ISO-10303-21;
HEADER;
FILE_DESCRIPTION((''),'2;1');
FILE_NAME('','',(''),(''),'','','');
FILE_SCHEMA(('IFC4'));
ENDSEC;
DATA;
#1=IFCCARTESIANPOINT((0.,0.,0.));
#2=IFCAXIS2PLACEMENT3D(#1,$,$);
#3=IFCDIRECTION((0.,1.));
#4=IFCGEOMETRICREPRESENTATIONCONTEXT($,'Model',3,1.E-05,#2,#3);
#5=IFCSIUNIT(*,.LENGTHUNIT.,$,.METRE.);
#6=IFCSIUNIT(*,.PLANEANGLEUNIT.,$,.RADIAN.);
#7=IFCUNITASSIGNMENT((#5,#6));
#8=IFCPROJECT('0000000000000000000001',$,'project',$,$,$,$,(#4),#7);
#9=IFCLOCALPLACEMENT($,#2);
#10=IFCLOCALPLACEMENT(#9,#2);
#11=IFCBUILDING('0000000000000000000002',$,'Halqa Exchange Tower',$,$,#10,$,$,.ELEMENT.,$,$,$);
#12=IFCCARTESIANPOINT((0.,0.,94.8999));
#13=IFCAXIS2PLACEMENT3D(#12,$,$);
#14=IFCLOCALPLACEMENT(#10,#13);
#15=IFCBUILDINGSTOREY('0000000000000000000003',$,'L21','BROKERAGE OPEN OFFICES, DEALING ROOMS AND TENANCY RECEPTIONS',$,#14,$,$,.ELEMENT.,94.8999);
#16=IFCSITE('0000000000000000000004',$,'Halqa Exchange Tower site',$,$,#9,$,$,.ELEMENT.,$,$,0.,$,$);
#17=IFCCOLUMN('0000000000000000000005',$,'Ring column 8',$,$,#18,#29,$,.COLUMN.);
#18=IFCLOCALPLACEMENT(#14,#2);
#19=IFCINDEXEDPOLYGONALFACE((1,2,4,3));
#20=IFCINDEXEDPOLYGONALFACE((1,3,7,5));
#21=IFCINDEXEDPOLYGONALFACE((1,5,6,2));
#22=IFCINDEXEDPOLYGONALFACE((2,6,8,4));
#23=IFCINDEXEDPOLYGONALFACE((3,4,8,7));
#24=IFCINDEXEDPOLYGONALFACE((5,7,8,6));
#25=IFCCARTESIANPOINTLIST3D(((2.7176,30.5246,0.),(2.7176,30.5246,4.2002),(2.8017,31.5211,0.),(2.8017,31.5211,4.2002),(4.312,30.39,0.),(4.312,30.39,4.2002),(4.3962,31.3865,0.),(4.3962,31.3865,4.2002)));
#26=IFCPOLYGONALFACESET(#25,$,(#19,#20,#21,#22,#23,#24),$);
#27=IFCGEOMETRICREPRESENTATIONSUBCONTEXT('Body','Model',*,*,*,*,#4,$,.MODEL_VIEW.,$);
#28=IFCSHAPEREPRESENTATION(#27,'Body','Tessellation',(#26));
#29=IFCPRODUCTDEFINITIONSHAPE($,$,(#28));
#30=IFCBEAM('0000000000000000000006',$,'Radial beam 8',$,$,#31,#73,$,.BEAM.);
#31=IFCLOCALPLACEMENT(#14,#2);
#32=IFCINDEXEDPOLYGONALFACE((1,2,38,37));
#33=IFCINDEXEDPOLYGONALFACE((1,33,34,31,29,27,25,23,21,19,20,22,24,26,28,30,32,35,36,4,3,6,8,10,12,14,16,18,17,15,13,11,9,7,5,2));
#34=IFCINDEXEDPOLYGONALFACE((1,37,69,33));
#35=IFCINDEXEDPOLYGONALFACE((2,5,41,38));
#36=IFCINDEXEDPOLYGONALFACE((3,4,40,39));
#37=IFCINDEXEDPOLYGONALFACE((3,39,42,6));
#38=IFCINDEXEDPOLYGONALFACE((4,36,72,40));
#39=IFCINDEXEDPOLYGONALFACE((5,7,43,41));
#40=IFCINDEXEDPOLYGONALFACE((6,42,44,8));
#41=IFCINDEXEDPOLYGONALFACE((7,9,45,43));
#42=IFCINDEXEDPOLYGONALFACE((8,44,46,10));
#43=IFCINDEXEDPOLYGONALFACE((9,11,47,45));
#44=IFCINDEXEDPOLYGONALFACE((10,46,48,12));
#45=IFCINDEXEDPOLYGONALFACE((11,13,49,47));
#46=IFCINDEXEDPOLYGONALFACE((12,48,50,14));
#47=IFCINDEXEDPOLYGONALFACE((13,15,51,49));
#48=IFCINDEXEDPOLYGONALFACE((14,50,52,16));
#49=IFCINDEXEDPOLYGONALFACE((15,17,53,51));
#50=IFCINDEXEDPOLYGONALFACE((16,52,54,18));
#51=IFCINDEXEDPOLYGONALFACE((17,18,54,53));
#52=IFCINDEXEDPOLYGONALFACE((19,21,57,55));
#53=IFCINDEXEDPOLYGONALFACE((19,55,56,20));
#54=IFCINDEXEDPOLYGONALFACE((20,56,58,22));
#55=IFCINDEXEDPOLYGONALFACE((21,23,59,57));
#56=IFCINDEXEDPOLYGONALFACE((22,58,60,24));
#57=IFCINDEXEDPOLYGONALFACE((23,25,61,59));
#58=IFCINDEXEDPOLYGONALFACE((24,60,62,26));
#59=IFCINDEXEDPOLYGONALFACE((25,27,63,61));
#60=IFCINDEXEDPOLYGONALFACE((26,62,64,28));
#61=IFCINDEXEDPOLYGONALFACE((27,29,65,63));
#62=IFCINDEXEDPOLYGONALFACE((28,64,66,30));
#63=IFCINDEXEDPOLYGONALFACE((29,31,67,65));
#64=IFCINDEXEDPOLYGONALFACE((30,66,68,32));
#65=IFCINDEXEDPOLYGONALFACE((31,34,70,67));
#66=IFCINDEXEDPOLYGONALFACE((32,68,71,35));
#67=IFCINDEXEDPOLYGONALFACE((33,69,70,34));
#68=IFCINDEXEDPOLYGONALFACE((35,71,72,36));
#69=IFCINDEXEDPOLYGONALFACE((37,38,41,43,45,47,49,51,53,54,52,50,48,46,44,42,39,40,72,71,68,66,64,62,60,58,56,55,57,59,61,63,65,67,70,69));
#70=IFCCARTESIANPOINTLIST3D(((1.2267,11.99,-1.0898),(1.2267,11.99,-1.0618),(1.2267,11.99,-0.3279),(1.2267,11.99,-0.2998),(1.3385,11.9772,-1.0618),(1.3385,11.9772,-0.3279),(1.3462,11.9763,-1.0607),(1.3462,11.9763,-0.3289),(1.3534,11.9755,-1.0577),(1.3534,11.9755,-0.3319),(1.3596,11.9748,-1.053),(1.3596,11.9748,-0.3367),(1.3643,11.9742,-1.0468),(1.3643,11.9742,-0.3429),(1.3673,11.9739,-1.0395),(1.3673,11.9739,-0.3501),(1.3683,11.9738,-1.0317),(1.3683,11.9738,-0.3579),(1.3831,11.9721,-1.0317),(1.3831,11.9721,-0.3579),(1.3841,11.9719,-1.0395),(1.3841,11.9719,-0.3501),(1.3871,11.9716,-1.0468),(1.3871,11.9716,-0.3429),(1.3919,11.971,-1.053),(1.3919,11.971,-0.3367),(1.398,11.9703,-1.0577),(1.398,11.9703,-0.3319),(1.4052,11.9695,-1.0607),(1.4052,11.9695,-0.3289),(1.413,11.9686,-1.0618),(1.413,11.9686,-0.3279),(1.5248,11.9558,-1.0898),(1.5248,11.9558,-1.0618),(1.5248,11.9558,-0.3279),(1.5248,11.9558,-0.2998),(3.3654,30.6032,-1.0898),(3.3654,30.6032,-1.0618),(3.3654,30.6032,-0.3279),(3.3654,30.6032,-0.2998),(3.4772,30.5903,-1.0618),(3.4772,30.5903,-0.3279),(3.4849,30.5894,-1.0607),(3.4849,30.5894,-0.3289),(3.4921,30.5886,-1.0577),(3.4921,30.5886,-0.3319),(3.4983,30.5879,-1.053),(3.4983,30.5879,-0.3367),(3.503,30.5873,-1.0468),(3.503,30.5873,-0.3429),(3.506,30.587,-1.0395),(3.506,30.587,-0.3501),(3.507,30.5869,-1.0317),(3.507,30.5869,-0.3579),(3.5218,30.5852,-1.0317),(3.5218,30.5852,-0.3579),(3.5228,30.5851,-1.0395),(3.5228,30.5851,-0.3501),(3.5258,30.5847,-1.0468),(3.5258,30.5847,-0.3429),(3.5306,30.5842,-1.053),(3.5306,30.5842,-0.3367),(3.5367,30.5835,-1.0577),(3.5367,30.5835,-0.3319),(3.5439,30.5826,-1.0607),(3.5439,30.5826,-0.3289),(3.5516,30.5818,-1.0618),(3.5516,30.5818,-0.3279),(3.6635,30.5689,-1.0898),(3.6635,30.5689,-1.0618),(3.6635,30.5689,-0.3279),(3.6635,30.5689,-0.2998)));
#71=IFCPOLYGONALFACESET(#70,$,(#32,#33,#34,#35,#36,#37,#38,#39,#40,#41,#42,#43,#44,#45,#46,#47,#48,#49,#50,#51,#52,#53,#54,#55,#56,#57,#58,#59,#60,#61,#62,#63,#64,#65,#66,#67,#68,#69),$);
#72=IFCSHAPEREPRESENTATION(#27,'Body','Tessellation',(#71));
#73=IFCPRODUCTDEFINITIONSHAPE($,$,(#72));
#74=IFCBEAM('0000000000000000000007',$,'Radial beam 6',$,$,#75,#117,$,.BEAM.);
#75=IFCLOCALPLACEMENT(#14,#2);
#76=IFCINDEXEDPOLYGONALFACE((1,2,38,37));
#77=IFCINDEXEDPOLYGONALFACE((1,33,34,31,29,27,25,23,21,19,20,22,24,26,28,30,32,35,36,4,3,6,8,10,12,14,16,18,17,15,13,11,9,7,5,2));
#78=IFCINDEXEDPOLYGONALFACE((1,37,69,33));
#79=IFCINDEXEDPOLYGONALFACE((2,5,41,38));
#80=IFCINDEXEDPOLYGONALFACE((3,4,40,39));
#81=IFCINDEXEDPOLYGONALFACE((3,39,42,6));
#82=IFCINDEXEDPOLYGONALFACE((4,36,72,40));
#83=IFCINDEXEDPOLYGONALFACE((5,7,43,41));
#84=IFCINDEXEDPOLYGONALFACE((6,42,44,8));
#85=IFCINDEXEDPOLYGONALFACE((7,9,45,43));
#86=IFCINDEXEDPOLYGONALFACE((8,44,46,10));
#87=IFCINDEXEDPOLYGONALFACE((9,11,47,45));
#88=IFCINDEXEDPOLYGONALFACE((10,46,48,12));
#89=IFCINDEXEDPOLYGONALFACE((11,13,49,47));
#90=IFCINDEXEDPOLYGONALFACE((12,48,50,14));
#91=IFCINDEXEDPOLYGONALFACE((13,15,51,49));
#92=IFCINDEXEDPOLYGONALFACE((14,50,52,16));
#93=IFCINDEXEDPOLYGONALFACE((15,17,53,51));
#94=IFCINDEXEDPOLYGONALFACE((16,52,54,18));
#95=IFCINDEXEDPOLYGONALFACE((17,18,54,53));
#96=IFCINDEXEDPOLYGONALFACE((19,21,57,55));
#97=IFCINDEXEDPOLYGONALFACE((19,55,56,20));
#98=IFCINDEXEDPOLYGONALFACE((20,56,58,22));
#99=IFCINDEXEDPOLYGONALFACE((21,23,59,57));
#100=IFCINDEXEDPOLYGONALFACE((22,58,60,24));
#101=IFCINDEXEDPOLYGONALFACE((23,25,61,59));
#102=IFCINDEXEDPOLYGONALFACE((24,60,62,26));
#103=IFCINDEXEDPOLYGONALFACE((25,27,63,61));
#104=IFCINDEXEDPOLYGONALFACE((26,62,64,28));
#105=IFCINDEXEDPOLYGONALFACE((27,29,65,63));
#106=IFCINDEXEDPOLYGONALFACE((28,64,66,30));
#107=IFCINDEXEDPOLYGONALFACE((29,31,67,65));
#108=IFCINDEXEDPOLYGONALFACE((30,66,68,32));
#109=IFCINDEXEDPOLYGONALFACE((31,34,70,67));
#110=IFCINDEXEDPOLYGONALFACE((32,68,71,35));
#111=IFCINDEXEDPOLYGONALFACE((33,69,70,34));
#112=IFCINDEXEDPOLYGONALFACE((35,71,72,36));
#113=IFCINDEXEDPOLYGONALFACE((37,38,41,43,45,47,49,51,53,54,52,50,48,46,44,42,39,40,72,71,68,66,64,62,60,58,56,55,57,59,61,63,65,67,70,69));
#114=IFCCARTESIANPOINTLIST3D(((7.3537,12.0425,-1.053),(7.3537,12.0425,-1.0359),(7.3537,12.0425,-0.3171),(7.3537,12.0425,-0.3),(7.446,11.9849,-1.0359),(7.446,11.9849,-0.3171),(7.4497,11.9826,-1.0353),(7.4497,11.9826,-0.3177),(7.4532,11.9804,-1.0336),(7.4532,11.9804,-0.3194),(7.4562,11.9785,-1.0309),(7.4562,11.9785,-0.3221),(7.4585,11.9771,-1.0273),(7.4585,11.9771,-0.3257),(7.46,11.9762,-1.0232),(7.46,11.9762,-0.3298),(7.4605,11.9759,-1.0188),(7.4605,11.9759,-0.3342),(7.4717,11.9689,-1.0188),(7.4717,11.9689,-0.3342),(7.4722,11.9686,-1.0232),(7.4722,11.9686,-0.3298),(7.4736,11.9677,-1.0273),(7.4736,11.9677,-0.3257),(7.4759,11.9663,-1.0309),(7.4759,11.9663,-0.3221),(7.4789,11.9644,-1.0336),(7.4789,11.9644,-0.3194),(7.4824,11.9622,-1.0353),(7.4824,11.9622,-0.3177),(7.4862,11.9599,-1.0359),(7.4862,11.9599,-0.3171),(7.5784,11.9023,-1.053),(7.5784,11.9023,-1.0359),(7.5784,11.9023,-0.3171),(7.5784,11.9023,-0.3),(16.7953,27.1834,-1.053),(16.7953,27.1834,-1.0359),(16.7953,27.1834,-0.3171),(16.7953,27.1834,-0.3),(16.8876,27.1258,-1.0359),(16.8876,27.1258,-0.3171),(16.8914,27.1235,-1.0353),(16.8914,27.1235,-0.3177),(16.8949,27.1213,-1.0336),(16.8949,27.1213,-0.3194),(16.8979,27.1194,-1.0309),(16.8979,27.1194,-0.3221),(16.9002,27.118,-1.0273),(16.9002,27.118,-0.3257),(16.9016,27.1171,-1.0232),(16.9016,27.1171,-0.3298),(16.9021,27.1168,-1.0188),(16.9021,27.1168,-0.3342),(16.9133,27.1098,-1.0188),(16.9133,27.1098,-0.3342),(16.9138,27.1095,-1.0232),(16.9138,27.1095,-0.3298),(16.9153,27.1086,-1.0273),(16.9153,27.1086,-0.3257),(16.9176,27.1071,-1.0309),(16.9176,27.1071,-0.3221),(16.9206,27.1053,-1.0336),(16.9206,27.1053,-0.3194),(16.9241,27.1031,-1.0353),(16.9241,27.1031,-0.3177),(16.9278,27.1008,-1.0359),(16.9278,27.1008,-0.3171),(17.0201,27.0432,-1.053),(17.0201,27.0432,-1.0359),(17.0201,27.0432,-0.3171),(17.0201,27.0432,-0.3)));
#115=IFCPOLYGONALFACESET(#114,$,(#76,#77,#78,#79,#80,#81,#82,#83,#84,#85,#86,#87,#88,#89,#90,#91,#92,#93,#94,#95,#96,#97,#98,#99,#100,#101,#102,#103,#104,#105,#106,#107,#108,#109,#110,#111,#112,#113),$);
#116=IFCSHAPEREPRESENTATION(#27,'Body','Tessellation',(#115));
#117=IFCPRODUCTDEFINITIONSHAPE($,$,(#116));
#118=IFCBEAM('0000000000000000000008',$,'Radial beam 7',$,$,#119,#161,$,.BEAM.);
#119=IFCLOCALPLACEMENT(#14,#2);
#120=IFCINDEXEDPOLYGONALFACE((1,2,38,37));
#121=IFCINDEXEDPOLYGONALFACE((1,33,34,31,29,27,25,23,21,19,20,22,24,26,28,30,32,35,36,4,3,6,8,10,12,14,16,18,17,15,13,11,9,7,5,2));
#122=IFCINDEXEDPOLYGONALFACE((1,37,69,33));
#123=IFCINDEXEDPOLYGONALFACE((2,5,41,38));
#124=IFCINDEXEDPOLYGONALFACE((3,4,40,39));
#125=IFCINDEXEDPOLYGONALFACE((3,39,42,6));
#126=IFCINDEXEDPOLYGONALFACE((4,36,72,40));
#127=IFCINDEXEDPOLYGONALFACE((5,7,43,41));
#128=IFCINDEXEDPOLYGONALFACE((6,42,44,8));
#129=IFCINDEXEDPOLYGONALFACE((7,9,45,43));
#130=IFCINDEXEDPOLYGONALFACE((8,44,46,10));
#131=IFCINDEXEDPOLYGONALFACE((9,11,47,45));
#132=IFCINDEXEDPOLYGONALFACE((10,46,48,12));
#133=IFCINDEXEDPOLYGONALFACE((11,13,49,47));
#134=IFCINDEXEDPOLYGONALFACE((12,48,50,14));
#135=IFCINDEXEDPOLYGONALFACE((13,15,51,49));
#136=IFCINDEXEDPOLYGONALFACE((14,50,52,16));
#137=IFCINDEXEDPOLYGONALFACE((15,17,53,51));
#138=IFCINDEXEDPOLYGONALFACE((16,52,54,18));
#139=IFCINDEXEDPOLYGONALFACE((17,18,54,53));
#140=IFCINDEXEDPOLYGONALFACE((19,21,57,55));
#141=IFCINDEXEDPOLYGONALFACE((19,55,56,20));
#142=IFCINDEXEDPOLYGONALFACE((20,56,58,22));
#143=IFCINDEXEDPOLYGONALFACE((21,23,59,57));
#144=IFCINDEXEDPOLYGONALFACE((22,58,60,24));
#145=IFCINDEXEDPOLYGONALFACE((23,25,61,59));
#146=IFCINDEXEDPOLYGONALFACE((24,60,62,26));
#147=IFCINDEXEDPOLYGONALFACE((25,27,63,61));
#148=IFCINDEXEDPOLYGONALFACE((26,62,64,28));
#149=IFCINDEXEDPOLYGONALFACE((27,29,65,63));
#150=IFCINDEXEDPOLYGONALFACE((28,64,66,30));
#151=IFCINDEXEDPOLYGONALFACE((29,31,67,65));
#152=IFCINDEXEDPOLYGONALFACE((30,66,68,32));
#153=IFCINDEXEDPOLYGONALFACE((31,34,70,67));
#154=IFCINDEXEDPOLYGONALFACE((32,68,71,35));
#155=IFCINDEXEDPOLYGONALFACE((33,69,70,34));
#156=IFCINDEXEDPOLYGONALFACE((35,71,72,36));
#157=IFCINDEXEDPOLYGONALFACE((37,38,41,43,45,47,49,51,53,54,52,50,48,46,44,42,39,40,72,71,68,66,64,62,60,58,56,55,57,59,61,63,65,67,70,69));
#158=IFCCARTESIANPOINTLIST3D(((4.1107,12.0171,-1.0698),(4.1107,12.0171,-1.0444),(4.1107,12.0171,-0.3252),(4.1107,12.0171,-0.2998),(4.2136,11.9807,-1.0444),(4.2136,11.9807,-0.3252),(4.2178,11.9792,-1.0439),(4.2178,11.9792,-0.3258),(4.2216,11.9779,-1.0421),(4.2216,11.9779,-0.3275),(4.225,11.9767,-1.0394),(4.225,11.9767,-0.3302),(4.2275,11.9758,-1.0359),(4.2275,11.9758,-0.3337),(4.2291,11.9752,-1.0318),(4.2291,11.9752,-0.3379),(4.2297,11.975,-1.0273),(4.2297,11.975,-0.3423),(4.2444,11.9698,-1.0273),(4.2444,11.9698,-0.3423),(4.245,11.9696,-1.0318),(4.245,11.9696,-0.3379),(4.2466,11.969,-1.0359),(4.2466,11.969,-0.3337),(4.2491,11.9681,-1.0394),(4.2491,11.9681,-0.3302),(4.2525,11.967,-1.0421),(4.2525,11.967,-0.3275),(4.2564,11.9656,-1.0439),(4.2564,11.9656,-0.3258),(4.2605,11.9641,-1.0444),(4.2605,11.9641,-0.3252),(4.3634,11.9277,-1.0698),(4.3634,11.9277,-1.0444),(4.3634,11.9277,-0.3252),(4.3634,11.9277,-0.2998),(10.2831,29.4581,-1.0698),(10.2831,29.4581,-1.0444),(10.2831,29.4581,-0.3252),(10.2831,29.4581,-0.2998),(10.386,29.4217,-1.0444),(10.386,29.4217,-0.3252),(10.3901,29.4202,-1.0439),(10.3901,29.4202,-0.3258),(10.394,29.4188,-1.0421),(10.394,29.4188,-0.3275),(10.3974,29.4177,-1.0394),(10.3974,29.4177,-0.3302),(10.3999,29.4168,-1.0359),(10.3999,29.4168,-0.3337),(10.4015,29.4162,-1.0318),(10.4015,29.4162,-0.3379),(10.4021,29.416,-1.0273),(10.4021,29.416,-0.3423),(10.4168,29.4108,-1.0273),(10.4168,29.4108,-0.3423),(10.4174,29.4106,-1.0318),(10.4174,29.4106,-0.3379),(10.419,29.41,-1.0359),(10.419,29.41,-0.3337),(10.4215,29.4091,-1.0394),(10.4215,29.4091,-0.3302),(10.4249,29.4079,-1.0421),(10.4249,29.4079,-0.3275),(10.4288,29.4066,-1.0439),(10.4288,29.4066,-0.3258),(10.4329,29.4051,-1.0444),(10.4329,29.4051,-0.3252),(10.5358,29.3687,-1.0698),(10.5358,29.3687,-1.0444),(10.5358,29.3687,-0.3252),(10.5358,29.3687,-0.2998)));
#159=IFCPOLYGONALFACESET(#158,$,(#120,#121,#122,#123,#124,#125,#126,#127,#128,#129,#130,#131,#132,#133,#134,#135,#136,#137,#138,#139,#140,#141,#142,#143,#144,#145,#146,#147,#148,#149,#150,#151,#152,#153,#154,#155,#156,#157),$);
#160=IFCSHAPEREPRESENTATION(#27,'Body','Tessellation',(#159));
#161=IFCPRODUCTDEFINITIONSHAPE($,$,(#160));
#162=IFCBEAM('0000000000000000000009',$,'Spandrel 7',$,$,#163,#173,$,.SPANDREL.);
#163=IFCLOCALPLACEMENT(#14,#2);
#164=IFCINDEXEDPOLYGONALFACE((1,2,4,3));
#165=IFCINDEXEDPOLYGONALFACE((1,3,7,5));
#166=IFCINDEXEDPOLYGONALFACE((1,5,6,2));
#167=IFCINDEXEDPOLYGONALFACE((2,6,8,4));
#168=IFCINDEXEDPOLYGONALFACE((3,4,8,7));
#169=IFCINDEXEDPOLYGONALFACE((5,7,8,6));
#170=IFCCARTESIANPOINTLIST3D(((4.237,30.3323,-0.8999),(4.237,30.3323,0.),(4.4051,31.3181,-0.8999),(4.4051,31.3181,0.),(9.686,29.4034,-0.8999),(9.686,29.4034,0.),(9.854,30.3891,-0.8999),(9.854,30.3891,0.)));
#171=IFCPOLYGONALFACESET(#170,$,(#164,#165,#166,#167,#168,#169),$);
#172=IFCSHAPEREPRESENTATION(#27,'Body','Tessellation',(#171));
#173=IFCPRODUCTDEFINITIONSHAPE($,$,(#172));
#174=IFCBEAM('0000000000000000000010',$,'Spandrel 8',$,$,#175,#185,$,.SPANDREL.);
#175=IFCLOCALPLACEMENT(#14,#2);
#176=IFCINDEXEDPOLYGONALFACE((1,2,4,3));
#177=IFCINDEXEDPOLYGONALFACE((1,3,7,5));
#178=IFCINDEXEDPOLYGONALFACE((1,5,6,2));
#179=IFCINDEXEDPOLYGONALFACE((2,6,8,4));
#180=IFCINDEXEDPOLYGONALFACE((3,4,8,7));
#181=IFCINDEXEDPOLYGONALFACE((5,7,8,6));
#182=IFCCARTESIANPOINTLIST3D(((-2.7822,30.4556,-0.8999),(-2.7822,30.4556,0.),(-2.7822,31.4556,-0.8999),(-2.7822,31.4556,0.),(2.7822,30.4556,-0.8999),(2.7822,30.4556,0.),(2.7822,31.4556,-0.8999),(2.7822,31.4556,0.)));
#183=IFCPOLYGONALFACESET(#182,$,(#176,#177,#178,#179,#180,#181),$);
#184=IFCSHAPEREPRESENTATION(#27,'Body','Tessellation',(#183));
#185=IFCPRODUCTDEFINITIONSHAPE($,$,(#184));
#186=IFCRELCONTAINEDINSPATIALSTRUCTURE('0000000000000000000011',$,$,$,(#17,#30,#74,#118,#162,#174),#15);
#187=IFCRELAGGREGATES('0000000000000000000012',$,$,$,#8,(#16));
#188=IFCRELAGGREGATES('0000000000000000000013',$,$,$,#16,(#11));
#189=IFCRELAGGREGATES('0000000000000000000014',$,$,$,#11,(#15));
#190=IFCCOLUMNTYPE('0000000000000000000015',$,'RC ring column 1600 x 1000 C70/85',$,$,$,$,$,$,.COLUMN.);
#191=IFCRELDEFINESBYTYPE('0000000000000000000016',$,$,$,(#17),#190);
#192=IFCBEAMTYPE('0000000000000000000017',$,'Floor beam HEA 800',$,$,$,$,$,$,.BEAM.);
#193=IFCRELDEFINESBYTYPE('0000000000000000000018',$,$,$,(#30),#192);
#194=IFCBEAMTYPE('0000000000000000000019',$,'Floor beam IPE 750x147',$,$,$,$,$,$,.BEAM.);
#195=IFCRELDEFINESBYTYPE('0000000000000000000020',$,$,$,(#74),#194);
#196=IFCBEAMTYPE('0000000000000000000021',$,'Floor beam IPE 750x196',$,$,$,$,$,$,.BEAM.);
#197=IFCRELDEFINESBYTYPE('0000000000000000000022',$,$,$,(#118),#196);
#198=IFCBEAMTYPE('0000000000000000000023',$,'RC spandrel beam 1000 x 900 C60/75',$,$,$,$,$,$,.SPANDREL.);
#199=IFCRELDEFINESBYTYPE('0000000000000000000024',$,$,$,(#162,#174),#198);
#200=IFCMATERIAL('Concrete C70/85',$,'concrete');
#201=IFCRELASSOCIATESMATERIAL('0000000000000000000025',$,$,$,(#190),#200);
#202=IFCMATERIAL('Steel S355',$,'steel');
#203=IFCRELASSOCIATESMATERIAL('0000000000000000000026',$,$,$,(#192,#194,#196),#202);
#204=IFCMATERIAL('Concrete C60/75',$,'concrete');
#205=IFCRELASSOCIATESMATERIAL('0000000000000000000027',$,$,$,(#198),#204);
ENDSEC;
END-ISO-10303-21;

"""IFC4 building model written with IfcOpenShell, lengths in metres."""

from ifc_helpers import new_model, si_unit, direction, frame, origin, origin_2d, place, context, subcontext, project, spatial, rectangle, i_section, extrude, material, material_profile, profile_set, type_object, element, save


model = new_model("IFC4")

# Units and contexts
model_context = context("Model", 3, precision=1e-05, world=origin(), true_north=direction((0.0, 1.0)))
body_context = subcontext(model_context, "Body", "Model", "MODEL_VIEW")
ifc_project = project(units=[si_unit("LENGTHUNIT", "METRE"), si_unit("PLANEANGLEUNIT", "RADIAN")], contexts=[model_context])

# Site, building, storey
site_placement = place(None, origin())
site = spatial("IfcSite", under=ifc_project, at=site_placement, Name="Halqa Exchange Tower site", CompositionType="ELEMENT", RefElevation=0.0)
building_placement = place(site_placement, origin())
building = spatial("IfcBuilding", under=site, at=building_placement, Name="Halqa Exchange Tower", CompositionType="ELEMENT")
storey_placement = place(building_placement, frame((0.0, 0.0, 94.8999)))
storey = spatial("IfcBuildingStorey", under=building, at=storey_placement, Name="L21", Description="BROKERAGE OPEN OFFICES, DEALING ROOMS AND TENANCY RECEPTIONS", CompositionType="ELEMENT", Elevation=94.8999)

# Column
ifc_material_1 = material(Name="Concrete C70/85", Category="concrete")
ifc_material_profile_1 = material_profile(ifc_material_1, rectangle(XDim=1.6001, YDim=1.0, at=origin_2d()), Name="1600 x 1000")
ifc_profile_set_1 = profile_set([ifc_material_profile_1], Name="Concrete C70/85")
column_type = type_object("IfcColumnType", Name="RC ring column 1600 x 1000 C70/85", PredefinedType="COLUMN", material=ifc_profile_set_1)
column_placement = place(storey_placement, frame((3.5569, 30.9556, 0.0), z_axis=(0.0, 0.0, 1.0), x_axis=(-0.996456, 0.084121, 0.0)))
element("IfcColumn", 1, at=column_placement, inside=storey, type_object=column_type, Name="Ring column 8", PredefinedType="COLUMN", context=body_context, shape_type="SweptSolid", body=[
    extrude(rectangle(XDim=1.6001, YDim=1.0, at=origin_2d()), origin(), (0.0, 0.0, 1.0), 4.2002),
])

# Beams
ifc_material_2 = material(Name="Steel S355", Category="steel")
ifc_material_profile_2 = material_profile(ifc_material_2, i_section(OverallWidth=0.3, OverallDepth=0.79, WebThickness=0.0149, FlangeThickness=0.0281, FilletRadius=0.03, at=origin_2d()), Name="HEA 800")
ifc_profile_set_2 = profile_set([ifc_material_profile_2], Name="Steel S355")
beam_type_1 = type_object("IfcBeamType", Name="Floor beam HEA 800", PredefinedType="BEAM", material=ifc_profile_set_2)
beam_1_placement = place(storey_placement, frame((1.3757, 11.9729, -0.6948), z_axis=(0.114151, 0.993463, 0.0), x_axis=(-0.993463, 0.114151, 0.0)))
element("IfcBeam", 2, at=beam_1_placement, inside=storey, type_object=beam_type_1, Name="Radial beam 8", PredefinedType="BEAM", context=body_context, shape_type="SweptSolid", body=[
    extrude(i_section(OverallWidth=0.3, OverallDepth=0.79, WebThickness=0.0149, FlangeThickness=0.0281, FilletRadius=0.03, at=origin_2d()), origin(), (0.0, 0.0, 1.0), 18.7356),
])
ifc_material_profile_3 = material_profile(ifc_material_2, i_section(OverallWidth=0.2649, OverallDepth=0.7529, WebThickness=0.0132, FlangeThickness=0.0171, FilletRadius=0.0171, at=origin_2d()), Name="IPE 750x147")
ifc_profile_set_3 = profile_set([ifc_material_profile_3], Name="Steel S355")
beam_type_2 = type_object("IfcBeamType", Name="Floor beam IPE 750x147", PredefinedType="BEAM", material=ifc_profile_set_3)
beam_2_placement = place(storey_placement, frame((7.4661, 11.9724, -0.6765), z_axis=(0.529137, 0.848537, 0.0), x_axis=(-0.848537, 0.529137, 0.0)))
element("IfcBeam", 3, at=beam_2_placement, inside=storey, type_object=beam_type_2, Name="Radial beam 6", PredefinedType="BEAM", context=body_context, shape_type="SweptSolid", body=[
    extrude(i_section(OverallWidth=0.2649, OverallDepth=0.7529, WebThickness=0.0132, FlangeThickness=0.0171, FilletRadius=0.0171, at=origin_2d()), origin(), (0.0, 0.0, 1.0), 17.8435),
])
ifc_material_profile_4 = material_profile(ifc_material_2, i_section(OverallWidth=0.2681, OverallDepth=0.77, WebThickness=0.0156, FlangeThickness=0.0254, FilletRadius=0.0171, at=origin_2d()), Name="IPE 750x196")
ifc_profile_set_4 = profile_set([ifc_material_profile_4], Name="Steel S355")
beam_type_3 = type_object("IfcBeamType", Name="Floor beam IPE 750x196", PredefinedType="BEAM", material=ifc_profile_set_4)
beam_3_placement = place(storey_placement, frame((4.2371, 11.9724, -0.6848), z_axis=(0.333625, 0.942706, 0.0), x_axis=(-0.942706, 0.333625, 0.0)))
element("IfcBeam", 4, at=beam_3_placement, inside=storey, type_object=beam_type_3, Name="Radial beam 7", PredefinedType="BEAM", context=body_context, shape_type="SweptSolid", body=[
    extrude(i_section(OverallWidth=0.2681, OverallDepth=0.77, WebThickness=0.0156, FlangeThickness=0.0254, FilletRadius=0.0171, at=origin_2d()), origin(), (0.0, 0.0, 1.0), 18.501),
])
ifc_material_3 = material(Name="Concrete C60/75", Category="concrete")
ifc_material_profile_5 = material_profile(ifc_material_3, rectangle(XDim=1.0, YDim=0.8999, at=origin_2d()), Name="1000 x 900")
ifc_profile_set_5 = profile_set([ifc_material_profile_5], Name="Concrete C60/75")
beam_type_4 = type_object("IfcBeamType", Name="RC spandrel beam 1000 x 900 C60/75", PredefinedType="SPANDREL", material=ifc_profile_set_5)
beam_4_placement = place(storey_placement, frame((9.77, 29.8962, -0.45), z_axis=(-0.985777, 0.168058, 0.0), x_axis=(-0.168058, -0.985777, 0.0)))
element("IfcBeam", 5, at=beam_4_placement, inside=storey, type_object=beam_type_4, Name="Spandrel 7", PredefinedType="SPANDREL", context=body_context, shape_type="SweptSolid", body=[
    extrude(rectangle(XDim=1.0, YDim=0.8999, at=origin_2d()), origin(), (0.0, 0.0, 1.0), 5.5276),
])
beam_5_placement = place(storey_placement, frame((2.7822, 30.9556, -0.45), z_axis=(-1.0, 0.0, 0.0), x_axis=(0.0, -1.0, 0.0)))
element("IfcBeam", 6, at=beam_5_placement, inside=storey, type_object=beam_type_4, Name="Spandrel 8", PredefinedType="SPANDREL", context=body_context, shape_type="SweptSolid", body=[
    extrude(rectangle(XDim=1.0, YDim=0.8999, at=origin_2d()), origin(), (0.0, 0.0, 1.0), 5.5645),
])

save(model, "model.ifc")
